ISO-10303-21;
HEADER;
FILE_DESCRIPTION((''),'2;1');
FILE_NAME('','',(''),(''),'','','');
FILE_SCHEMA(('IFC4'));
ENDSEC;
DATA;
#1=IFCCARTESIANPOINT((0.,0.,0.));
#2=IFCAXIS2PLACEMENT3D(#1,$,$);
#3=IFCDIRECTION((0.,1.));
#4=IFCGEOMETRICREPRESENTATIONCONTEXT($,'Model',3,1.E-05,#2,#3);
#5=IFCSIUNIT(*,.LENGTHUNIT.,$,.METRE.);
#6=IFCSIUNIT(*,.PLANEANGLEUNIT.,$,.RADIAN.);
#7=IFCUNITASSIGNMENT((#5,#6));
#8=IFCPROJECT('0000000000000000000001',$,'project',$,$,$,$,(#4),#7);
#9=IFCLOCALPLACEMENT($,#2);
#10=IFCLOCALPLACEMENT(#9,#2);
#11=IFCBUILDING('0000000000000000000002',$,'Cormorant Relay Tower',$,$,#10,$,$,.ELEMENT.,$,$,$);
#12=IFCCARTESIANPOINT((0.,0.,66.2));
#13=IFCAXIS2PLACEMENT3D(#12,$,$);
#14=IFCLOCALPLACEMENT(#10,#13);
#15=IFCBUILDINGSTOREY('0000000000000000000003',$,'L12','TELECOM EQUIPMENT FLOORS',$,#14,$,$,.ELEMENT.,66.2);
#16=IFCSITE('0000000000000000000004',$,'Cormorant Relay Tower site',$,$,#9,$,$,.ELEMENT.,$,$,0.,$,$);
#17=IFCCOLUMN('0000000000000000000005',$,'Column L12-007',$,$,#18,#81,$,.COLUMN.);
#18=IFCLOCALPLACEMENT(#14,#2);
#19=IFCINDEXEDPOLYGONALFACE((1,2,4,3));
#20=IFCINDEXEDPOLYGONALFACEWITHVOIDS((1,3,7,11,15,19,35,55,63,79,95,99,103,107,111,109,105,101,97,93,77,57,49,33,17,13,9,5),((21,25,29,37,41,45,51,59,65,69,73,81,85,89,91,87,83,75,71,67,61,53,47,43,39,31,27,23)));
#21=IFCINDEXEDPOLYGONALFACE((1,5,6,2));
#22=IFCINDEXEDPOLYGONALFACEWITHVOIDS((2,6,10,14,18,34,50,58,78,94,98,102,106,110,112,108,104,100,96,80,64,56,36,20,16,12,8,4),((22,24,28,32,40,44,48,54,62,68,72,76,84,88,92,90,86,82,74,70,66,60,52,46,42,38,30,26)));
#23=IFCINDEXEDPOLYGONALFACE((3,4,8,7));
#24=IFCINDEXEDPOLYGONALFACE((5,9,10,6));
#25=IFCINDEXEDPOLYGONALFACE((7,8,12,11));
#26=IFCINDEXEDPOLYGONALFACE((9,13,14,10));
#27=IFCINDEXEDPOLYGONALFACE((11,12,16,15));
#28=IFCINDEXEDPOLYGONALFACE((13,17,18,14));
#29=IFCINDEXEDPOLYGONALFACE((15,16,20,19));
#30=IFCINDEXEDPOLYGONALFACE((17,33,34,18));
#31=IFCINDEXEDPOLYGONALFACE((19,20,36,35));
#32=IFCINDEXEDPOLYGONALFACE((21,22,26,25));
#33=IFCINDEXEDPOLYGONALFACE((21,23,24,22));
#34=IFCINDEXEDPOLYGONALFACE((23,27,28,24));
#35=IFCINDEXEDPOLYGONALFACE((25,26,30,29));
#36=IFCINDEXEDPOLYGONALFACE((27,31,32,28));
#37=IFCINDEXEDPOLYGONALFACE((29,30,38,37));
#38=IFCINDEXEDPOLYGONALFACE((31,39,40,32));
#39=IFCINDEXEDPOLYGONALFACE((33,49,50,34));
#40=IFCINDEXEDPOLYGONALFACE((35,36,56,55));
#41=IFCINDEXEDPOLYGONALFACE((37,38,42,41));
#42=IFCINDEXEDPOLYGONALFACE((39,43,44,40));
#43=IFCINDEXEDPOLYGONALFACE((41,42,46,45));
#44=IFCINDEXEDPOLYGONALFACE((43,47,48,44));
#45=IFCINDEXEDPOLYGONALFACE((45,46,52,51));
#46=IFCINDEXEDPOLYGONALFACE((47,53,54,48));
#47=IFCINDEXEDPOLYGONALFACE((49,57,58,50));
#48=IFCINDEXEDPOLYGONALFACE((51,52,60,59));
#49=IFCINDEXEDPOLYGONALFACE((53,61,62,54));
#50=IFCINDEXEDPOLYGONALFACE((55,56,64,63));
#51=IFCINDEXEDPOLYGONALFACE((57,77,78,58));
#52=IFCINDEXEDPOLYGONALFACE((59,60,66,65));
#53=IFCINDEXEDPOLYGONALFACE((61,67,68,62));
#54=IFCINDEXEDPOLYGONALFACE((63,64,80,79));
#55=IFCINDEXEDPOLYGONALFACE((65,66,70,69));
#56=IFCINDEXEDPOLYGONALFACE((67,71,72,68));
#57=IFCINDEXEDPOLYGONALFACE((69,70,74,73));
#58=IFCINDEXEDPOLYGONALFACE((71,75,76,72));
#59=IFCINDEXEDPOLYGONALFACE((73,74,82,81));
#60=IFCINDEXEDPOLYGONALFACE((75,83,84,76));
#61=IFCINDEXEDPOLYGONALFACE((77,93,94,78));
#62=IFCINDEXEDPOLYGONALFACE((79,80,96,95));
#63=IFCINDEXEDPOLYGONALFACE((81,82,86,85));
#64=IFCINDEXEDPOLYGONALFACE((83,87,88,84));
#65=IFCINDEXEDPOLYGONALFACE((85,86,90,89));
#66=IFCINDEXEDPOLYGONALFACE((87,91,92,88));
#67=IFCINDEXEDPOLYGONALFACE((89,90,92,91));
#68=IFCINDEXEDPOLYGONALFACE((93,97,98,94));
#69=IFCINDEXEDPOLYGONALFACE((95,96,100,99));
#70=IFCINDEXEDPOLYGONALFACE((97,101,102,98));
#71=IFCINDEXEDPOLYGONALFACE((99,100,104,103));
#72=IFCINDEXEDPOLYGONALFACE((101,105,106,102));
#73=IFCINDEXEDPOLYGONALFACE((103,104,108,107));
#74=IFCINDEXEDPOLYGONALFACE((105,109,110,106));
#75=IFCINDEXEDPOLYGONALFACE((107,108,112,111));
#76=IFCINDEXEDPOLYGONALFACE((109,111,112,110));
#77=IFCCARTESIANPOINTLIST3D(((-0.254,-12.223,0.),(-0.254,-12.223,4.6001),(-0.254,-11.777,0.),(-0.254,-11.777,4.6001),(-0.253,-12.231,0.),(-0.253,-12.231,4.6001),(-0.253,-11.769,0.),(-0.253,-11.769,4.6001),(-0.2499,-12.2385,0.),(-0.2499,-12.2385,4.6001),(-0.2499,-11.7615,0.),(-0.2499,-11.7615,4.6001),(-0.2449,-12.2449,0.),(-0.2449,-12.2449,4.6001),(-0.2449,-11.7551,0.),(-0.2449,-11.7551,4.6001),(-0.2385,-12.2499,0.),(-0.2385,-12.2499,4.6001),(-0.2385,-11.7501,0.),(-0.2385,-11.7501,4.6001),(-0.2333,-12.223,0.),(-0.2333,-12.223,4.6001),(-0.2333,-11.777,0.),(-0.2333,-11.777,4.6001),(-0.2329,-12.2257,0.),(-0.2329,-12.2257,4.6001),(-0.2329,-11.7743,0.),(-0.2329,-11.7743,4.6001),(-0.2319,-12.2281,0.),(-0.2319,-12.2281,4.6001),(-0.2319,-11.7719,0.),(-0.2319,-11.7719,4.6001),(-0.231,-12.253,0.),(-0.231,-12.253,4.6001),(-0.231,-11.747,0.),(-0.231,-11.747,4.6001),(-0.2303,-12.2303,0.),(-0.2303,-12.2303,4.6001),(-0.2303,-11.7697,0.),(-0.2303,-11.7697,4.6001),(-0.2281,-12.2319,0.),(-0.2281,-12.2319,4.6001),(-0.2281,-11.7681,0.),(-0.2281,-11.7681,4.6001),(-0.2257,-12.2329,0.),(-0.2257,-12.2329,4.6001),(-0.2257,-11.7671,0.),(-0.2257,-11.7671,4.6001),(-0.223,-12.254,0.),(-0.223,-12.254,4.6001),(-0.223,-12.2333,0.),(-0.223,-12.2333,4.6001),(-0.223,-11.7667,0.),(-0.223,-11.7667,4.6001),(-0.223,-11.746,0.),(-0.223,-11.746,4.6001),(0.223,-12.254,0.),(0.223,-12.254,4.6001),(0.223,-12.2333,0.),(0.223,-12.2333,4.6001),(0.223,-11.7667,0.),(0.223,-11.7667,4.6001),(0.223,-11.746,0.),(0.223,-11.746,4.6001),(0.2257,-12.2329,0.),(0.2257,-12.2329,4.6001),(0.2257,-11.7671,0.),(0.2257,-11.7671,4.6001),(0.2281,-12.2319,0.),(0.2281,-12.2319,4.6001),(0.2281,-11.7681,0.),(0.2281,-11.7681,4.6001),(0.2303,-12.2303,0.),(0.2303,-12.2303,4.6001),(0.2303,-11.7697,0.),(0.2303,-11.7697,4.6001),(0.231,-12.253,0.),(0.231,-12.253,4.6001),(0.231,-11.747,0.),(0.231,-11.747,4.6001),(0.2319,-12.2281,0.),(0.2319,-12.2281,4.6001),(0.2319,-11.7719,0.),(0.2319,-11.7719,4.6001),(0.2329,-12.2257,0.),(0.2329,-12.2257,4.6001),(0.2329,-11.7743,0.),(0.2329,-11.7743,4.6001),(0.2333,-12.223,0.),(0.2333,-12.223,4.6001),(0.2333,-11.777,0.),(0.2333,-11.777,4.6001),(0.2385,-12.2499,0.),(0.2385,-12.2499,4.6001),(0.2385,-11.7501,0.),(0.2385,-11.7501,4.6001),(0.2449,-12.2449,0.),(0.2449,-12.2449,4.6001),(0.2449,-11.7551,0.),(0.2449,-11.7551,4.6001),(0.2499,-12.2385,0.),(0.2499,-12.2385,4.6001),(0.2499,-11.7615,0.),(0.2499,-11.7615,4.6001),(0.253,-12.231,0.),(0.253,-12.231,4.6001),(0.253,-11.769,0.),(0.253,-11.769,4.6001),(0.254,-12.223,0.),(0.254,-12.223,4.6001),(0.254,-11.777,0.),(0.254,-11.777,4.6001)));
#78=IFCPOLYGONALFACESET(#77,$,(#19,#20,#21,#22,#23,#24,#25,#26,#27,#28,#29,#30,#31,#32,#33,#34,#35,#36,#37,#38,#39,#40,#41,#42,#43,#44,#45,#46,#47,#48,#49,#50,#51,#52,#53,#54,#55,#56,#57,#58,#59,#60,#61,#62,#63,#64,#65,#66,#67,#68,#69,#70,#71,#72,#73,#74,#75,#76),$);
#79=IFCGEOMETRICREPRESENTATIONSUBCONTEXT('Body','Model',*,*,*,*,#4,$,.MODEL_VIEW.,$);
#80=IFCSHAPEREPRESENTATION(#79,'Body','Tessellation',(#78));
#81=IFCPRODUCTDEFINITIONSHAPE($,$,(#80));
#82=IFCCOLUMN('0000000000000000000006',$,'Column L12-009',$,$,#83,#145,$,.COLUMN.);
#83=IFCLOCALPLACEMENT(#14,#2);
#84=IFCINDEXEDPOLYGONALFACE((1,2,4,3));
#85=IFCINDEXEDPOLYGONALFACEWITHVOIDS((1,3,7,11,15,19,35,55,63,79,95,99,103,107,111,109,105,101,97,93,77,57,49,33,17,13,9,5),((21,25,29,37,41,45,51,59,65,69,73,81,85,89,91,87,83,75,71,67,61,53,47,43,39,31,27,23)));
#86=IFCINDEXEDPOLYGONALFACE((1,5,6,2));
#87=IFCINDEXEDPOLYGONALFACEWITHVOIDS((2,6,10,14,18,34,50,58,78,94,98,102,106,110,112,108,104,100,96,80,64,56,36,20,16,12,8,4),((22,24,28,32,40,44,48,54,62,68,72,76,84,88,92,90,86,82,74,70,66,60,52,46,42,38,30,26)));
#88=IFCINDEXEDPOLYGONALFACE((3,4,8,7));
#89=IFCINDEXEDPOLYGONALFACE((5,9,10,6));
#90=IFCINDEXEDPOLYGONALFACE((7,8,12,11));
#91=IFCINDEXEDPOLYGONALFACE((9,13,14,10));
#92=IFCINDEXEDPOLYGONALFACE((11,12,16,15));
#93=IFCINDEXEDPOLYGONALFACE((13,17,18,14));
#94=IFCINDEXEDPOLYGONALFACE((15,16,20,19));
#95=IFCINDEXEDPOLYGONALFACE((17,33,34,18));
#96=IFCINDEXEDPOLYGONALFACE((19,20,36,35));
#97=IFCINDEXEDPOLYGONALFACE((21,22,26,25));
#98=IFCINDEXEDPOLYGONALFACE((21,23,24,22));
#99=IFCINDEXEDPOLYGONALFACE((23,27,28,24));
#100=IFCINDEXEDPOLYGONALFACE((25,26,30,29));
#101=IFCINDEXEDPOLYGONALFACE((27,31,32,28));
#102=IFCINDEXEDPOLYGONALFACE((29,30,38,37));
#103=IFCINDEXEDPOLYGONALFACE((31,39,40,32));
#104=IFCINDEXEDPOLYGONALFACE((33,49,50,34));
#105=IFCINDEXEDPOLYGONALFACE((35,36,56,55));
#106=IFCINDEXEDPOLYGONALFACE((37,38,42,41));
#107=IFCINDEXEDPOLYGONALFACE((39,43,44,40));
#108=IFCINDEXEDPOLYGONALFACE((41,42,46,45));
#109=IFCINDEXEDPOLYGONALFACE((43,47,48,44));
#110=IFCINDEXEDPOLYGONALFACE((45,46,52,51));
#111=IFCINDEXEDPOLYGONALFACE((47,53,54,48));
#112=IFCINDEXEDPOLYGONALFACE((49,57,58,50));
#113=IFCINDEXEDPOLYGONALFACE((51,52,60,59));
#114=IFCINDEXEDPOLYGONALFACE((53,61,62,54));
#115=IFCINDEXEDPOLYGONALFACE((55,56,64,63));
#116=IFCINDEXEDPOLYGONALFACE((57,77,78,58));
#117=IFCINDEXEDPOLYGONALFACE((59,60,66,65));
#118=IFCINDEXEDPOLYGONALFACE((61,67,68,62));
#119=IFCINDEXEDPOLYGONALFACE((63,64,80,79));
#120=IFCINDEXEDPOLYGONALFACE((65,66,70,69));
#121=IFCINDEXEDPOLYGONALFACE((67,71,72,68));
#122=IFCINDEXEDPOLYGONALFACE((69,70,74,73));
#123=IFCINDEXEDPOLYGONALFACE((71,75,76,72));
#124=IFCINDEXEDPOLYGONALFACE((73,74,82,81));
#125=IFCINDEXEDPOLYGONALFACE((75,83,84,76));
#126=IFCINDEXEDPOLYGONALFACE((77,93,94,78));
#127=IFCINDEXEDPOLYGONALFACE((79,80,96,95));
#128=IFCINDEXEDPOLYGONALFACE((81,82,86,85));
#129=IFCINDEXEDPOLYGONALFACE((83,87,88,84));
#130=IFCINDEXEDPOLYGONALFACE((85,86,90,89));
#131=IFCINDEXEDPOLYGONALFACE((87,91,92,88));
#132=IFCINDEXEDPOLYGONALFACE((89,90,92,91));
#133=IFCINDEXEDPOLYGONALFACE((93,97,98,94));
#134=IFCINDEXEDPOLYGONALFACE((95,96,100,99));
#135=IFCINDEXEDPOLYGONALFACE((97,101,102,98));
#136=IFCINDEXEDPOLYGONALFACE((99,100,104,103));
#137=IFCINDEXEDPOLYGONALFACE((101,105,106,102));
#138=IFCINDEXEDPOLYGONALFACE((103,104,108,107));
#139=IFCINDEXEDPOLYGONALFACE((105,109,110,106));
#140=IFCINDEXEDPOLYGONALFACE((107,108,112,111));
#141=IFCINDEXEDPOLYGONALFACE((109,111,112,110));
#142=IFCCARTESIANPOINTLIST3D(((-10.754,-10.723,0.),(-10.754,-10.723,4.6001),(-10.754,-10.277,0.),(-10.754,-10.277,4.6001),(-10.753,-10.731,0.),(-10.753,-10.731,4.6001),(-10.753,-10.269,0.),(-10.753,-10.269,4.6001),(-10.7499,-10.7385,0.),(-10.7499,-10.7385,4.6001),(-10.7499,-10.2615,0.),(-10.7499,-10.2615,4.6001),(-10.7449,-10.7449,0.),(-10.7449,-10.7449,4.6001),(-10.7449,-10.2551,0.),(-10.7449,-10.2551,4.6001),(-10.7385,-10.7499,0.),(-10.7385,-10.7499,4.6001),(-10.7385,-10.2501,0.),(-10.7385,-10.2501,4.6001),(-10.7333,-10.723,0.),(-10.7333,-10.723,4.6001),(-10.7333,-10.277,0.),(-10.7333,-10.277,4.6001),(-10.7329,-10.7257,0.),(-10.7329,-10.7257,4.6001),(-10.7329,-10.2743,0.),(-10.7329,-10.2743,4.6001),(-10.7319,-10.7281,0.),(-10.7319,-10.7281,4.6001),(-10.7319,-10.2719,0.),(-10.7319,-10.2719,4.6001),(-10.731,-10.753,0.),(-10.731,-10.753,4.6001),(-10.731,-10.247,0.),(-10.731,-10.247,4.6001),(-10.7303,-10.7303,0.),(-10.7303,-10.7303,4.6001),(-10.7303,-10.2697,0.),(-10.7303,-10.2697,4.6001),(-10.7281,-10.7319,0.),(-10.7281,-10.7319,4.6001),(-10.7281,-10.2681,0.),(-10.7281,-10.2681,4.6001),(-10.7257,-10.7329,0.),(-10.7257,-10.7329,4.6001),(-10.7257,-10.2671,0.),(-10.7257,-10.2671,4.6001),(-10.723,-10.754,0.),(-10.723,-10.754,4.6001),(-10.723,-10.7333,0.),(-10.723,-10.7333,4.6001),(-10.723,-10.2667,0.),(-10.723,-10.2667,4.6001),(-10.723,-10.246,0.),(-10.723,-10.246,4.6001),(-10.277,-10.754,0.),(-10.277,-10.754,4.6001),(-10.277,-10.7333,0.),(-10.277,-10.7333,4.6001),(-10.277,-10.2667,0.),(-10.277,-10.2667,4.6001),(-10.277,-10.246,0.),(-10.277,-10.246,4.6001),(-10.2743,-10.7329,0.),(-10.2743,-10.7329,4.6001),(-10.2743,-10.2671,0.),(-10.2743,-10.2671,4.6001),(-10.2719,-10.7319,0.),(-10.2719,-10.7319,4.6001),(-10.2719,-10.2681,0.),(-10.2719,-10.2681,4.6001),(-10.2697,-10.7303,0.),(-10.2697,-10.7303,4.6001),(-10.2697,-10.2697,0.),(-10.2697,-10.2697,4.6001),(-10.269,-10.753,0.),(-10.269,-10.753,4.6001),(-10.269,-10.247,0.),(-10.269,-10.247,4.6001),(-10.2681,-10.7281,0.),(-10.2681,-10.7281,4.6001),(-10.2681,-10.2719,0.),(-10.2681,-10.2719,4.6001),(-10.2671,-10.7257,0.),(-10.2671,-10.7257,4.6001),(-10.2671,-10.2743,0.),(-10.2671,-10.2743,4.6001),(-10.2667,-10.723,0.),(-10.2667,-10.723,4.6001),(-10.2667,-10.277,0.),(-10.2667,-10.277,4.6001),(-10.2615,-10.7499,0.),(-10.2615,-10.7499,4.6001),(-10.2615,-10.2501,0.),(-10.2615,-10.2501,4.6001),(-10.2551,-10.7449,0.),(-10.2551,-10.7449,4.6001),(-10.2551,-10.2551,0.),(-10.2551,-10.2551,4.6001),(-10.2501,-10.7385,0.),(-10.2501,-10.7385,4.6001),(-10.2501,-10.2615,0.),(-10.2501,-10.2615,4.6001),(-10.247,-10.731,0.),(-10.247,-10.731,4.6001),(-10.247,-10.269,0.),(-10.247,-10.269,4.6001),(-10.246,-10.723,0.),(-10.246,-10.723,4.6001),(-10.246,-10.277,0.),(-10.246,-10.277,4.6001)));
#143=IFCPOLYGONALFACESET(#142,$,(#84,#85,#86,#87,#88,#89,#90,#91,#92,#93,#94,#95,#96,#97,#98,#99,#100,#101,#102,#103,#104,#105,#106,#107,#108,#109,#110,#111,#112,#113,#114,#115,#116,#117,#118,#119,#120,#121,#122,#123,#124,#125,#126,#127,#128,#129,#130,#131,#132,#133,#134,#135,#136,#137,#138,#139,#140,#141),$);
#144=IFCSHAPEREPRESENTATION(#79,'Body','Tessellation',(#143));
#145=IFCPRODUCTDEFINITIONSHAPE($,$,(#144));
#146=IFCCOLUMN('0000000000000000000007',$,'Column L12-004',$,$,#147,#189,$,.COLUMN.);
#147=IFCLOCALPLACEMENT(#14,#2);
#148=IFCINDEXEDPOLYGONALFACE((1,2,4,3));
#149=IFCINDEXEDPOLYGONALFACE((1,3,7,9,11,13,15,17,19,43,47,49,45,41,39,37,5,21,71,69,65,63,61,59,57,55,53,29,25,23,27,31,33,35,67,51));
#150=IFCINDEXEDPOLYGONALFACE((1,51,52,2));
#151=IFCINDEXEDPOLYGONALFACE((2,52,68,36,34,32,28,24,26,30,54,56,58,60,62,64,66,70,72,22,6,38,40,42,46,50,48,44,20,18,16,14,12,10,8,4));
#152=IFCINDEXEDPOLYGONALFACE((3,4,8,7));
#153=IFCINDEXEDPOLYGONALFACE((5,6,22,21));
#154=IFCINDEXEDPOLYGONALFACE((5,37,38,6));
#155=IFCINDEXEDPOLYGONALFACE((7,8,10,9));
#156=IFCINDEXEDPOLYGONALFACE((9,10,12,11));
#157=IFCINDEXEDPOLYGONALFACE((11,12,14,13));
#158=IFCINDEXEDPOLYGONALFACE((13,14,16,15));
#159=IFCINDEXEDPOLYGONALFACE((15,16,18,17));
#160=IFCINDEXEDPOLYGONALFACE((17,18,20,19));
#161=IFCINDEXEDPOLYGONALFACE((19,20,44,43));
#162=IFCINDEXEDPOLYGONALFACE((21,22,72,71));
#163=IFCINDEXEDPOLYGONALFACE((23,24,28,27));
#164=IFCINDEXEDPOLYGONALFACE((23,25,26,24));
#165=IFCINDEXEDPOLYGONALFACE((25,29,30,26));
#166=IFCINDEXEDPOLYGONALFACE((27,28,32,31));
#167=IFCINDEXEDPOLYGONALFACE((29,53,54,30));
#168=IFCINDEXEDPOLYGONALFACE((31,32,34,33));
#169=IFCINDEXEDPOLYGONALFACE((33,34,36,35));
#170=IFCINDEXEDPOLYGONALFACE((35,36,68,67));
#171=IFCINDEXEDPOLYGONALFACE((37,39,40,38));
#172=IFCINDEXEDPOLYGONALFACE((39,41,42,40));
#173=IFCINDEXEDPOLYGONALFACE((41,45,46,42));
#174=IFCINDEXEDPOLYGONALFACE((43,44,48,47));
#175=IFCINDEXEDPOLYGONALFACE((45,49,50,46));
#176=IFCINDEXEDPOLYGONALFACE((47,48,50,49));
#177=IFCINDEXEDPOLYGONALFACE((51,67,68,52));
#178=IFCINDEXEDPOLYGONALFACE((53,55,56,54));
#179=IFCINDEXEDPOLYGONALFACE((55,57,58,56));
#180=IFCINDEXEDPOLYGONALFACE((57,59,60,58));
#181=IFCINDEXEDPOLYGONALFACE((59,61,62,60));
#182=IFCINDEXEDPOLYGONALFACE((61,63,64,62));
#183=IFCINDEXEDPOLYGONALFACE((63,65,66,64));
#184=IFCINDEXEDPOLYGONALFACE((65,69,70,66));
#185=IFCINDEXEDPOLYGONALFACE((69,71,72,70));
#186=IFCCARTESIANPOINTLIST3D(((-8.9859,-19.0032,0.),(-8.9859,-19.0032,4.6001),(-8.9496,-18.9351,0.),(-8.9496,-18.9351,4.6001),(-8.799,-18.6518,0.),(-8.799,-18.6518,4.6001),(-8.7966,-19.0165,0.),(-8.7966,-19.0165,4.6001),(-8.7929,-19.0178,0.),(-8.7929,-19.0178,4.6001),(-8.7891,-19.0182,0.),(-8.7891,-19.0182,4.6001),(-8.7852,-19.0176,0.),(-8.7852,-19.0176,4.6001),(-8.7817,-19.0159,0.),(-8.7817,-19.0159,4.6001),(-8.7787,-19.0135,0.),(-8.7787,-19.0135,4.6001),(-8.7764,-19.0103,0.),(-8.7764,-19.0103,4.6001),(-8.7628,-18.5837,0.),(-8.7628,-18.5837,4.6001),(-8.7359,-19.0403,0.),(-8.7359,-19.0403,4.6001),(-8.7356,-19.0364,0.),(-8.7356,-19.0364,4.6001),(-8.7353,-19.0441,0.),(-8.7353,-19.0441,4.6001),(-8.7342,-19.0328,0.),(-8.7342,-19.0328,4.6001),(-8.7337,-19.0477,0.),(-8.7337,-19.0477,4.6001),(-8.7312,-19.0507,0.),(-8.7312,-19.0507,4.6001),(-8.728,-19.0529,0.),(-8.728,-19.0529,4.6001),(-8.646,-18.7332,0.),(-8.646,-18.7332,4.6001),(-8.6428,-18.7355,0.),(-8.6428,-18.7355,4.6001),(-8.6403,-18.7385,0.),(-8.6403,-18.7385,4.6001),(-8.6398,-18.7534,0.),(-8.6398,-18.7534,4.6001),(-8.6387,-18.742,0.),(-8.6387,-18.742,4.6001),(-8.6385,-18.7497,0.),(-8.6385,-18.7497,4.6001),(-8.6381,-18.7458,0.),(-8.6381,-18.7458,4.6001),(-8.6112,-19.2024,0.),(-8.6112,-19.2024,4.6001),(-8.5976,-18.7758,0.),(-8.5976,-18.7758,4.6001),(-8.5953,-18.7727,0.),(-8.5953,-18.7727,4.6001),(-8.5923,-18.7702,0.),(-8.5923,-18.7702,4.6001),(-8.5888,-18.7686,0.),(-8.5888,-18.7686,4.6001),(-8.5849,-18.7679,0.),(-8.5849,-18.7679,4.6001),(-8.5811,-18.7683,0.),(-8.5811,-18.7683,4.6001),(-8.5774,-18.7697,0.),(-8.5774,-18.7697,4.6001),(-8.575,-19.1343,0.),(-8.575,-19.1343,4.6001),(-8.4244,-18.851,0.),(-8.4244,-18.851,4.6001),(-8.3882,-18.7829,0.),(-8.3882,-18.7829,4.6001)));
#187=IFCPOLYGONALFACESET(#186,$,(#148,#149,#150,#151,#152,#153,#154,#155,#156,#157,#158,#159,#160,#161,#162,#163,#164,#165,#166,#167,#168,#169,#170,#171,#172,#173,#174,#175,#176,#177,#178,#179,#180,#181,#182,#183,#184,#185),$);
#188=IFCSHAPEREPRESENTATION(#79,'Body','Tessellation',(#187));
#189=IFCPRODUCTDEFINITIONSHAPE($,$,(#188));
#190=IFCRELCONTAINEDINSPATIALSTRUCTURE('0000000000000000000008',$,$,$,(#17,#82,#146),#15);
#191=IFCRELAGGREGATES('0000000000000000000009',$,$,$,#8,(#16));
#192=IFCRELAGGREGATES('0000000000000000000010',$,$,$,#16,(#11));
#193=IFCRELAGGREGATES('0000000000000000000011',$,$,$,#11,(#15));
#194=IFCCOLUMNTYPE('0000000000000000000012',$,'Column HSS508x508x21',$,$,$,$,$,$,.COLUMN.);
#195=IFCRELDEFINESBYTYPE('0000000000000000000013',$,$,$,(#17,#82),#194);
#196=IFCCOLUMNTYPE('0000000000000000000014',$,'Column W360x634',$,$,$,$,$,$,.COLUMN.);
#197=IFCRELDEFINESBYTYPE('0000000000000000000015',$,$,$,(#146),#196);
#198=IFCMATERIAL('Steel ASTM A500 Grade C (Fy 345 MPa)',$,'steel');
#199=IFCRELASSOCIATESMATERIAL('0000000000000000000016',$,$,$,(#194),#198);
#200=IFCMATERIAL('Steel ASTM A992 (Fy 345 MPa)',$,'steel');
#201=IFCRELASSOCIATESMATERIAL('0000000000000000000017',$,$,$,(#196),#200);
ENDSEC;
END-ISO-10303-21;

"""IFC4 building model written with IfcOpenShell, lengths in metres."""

from ifc_helpers import new_model, si_unit, direction, frame, origin, origin_2d, place, context, subcontext, project, spatial, hollow_rectangle, i_section, extrude, material, material_profile, profile_set, type_object, element, save


model = new_model("IFC4")

# Units and contexts
model_context = context("Model", 3, precision=1e-05, world=origin(), true_north=direction((0.0, 1.0)))
body_context = subcontext(model_context, "Body", "Model", "MODEL_VIEW")
ifc_project = project(units=[si_unit("LENGTHUNIT", "METRE"), si_unit("PLANEANGLEUNIT", "RADIAN")], contexts=[model_context])

# Site, building, storey
site_placement = place(None, origin())
site = spatial("IfcSite", under=ifc_project, at=site_placement, Name="Cormorant Relay Tower site", CompositionType="ELEMENT", RefElevation=0.0)
building_placement = place(site_placement, origin())
building = spatial("IfcBuilding", under=site, at=building_placement, Name="Cormorant Relay Tower", CompositionType="ELEMENT")
storey_placement = place(building_placement, frame((0.0, 0.0, 66.2)))
storey = spatial("IfcBuildingStorey", under=building, at=storey_placement, Name="L12", Description="TELECOM EQUIPMENT FLOORS", CompositionType="ELEMENT", Elevation=66.2)

# Columns
ifc_material_1 = material(Name="Steel ASTM A500 Grade C (Fy 345 MPa)", Category="steel")
ifc_material_profile_1 = material_profile(ifc_material_1, hollow_rectangle(XDim=0.5081, YDim=0.5081, WallThickness=0.0208, InnerFilletRadius=0.0103, OuterFilletRadius=0.031, at=origin_2d()), Name="HSS508x508x21")
ifc_profile_set_1 = profile_set([ifc_material_profile_1], Name="Steel ASTM A500 Grade C (Fy 345 MPa)")
column_type_1 = type_object("IfcColumnType", Name="Column HSS508x508x21", PredefinedType="COLUMN", material=ifc_profile_set_1)
for number, where, z_axis, x_axis, name in (
    (1, (0.0, -12.0, 0.0), (0.0, 0.0, 1.0), (1.0, 0.0, 0.0), "Column L12-007"),
    (2, (-10.5, -10.5, 0.0), (0.0, 0.0, 1.0), (1.0, 0.0, 0.0), "Column L12-009"),
):
    element("IfcColumn", number, at=place(storey_placement, frame(where, z_axis=z_axis, x_axis=x_axis)), inside=storey, type_object=column_type_1, Name=name, PredefinedType="COLUMN", context=body_context, shape_type="SweptSolid", body=[
        extrude(hollow_rectangle(XDim=0.5081, YDim=0.5081, WallThickness=0.0208, InnerFilletRadius=0.0103, OuterFilletRadius=0.031, at=origin_2d()), origin(), (0.0, 0.0, 1.0), 4.6001),
    ])
ifc_material_2 = material(Name="Steel ASTM A992 (Fy 345 MPa)", Category="steel")
ifc_material_profile_2 = material_profile(ifc_material_2, i_section(OverallWidth=0.4243, OverallDepth=0.4751, WebThickness=0.0479, FlangeThickness=0.0771, FilletRadius=0.0149, at=origin_2d()), Name="W360x634")
ifc_profile_set_2 = profile_set([ifc_material_profile_2], Name="Steel ASTM A992 (Fy 345 MPa)")
column_type_2 = type_object("IfcColumnType", Name="Column W360x634", PredefinedType="COLUMN", material=ifc_profile_set_2)
for number, where, z_axis, x_axis, name in (
    (3, (-8.687, -18.8931, 0.0), (0.0, 0.0, 1.0), (0.882948, -0.469472, 0.0), "Column L12-004"),
):
    element("IfcColumn", number, at=place(storey_placement, frame(where, z_axis=z_axis, x_axis=x_axis)), inside=storey, type_object=column_type_2, Name=name, PredefinedType="COLUMN", context=body_context, shape_type="SweptSolid", body=[
        extrude(i_section(OverallWidth=0.4243, OverallDepth=0.4751, WebThickness=0.0479, FlangeThickness=0.0771, FilletRadius=0.0149, at=origin_2d()), origin(), (0.0, 0.0, 1.0), 4.6001),
    ])

save(model, "model.ifc")
